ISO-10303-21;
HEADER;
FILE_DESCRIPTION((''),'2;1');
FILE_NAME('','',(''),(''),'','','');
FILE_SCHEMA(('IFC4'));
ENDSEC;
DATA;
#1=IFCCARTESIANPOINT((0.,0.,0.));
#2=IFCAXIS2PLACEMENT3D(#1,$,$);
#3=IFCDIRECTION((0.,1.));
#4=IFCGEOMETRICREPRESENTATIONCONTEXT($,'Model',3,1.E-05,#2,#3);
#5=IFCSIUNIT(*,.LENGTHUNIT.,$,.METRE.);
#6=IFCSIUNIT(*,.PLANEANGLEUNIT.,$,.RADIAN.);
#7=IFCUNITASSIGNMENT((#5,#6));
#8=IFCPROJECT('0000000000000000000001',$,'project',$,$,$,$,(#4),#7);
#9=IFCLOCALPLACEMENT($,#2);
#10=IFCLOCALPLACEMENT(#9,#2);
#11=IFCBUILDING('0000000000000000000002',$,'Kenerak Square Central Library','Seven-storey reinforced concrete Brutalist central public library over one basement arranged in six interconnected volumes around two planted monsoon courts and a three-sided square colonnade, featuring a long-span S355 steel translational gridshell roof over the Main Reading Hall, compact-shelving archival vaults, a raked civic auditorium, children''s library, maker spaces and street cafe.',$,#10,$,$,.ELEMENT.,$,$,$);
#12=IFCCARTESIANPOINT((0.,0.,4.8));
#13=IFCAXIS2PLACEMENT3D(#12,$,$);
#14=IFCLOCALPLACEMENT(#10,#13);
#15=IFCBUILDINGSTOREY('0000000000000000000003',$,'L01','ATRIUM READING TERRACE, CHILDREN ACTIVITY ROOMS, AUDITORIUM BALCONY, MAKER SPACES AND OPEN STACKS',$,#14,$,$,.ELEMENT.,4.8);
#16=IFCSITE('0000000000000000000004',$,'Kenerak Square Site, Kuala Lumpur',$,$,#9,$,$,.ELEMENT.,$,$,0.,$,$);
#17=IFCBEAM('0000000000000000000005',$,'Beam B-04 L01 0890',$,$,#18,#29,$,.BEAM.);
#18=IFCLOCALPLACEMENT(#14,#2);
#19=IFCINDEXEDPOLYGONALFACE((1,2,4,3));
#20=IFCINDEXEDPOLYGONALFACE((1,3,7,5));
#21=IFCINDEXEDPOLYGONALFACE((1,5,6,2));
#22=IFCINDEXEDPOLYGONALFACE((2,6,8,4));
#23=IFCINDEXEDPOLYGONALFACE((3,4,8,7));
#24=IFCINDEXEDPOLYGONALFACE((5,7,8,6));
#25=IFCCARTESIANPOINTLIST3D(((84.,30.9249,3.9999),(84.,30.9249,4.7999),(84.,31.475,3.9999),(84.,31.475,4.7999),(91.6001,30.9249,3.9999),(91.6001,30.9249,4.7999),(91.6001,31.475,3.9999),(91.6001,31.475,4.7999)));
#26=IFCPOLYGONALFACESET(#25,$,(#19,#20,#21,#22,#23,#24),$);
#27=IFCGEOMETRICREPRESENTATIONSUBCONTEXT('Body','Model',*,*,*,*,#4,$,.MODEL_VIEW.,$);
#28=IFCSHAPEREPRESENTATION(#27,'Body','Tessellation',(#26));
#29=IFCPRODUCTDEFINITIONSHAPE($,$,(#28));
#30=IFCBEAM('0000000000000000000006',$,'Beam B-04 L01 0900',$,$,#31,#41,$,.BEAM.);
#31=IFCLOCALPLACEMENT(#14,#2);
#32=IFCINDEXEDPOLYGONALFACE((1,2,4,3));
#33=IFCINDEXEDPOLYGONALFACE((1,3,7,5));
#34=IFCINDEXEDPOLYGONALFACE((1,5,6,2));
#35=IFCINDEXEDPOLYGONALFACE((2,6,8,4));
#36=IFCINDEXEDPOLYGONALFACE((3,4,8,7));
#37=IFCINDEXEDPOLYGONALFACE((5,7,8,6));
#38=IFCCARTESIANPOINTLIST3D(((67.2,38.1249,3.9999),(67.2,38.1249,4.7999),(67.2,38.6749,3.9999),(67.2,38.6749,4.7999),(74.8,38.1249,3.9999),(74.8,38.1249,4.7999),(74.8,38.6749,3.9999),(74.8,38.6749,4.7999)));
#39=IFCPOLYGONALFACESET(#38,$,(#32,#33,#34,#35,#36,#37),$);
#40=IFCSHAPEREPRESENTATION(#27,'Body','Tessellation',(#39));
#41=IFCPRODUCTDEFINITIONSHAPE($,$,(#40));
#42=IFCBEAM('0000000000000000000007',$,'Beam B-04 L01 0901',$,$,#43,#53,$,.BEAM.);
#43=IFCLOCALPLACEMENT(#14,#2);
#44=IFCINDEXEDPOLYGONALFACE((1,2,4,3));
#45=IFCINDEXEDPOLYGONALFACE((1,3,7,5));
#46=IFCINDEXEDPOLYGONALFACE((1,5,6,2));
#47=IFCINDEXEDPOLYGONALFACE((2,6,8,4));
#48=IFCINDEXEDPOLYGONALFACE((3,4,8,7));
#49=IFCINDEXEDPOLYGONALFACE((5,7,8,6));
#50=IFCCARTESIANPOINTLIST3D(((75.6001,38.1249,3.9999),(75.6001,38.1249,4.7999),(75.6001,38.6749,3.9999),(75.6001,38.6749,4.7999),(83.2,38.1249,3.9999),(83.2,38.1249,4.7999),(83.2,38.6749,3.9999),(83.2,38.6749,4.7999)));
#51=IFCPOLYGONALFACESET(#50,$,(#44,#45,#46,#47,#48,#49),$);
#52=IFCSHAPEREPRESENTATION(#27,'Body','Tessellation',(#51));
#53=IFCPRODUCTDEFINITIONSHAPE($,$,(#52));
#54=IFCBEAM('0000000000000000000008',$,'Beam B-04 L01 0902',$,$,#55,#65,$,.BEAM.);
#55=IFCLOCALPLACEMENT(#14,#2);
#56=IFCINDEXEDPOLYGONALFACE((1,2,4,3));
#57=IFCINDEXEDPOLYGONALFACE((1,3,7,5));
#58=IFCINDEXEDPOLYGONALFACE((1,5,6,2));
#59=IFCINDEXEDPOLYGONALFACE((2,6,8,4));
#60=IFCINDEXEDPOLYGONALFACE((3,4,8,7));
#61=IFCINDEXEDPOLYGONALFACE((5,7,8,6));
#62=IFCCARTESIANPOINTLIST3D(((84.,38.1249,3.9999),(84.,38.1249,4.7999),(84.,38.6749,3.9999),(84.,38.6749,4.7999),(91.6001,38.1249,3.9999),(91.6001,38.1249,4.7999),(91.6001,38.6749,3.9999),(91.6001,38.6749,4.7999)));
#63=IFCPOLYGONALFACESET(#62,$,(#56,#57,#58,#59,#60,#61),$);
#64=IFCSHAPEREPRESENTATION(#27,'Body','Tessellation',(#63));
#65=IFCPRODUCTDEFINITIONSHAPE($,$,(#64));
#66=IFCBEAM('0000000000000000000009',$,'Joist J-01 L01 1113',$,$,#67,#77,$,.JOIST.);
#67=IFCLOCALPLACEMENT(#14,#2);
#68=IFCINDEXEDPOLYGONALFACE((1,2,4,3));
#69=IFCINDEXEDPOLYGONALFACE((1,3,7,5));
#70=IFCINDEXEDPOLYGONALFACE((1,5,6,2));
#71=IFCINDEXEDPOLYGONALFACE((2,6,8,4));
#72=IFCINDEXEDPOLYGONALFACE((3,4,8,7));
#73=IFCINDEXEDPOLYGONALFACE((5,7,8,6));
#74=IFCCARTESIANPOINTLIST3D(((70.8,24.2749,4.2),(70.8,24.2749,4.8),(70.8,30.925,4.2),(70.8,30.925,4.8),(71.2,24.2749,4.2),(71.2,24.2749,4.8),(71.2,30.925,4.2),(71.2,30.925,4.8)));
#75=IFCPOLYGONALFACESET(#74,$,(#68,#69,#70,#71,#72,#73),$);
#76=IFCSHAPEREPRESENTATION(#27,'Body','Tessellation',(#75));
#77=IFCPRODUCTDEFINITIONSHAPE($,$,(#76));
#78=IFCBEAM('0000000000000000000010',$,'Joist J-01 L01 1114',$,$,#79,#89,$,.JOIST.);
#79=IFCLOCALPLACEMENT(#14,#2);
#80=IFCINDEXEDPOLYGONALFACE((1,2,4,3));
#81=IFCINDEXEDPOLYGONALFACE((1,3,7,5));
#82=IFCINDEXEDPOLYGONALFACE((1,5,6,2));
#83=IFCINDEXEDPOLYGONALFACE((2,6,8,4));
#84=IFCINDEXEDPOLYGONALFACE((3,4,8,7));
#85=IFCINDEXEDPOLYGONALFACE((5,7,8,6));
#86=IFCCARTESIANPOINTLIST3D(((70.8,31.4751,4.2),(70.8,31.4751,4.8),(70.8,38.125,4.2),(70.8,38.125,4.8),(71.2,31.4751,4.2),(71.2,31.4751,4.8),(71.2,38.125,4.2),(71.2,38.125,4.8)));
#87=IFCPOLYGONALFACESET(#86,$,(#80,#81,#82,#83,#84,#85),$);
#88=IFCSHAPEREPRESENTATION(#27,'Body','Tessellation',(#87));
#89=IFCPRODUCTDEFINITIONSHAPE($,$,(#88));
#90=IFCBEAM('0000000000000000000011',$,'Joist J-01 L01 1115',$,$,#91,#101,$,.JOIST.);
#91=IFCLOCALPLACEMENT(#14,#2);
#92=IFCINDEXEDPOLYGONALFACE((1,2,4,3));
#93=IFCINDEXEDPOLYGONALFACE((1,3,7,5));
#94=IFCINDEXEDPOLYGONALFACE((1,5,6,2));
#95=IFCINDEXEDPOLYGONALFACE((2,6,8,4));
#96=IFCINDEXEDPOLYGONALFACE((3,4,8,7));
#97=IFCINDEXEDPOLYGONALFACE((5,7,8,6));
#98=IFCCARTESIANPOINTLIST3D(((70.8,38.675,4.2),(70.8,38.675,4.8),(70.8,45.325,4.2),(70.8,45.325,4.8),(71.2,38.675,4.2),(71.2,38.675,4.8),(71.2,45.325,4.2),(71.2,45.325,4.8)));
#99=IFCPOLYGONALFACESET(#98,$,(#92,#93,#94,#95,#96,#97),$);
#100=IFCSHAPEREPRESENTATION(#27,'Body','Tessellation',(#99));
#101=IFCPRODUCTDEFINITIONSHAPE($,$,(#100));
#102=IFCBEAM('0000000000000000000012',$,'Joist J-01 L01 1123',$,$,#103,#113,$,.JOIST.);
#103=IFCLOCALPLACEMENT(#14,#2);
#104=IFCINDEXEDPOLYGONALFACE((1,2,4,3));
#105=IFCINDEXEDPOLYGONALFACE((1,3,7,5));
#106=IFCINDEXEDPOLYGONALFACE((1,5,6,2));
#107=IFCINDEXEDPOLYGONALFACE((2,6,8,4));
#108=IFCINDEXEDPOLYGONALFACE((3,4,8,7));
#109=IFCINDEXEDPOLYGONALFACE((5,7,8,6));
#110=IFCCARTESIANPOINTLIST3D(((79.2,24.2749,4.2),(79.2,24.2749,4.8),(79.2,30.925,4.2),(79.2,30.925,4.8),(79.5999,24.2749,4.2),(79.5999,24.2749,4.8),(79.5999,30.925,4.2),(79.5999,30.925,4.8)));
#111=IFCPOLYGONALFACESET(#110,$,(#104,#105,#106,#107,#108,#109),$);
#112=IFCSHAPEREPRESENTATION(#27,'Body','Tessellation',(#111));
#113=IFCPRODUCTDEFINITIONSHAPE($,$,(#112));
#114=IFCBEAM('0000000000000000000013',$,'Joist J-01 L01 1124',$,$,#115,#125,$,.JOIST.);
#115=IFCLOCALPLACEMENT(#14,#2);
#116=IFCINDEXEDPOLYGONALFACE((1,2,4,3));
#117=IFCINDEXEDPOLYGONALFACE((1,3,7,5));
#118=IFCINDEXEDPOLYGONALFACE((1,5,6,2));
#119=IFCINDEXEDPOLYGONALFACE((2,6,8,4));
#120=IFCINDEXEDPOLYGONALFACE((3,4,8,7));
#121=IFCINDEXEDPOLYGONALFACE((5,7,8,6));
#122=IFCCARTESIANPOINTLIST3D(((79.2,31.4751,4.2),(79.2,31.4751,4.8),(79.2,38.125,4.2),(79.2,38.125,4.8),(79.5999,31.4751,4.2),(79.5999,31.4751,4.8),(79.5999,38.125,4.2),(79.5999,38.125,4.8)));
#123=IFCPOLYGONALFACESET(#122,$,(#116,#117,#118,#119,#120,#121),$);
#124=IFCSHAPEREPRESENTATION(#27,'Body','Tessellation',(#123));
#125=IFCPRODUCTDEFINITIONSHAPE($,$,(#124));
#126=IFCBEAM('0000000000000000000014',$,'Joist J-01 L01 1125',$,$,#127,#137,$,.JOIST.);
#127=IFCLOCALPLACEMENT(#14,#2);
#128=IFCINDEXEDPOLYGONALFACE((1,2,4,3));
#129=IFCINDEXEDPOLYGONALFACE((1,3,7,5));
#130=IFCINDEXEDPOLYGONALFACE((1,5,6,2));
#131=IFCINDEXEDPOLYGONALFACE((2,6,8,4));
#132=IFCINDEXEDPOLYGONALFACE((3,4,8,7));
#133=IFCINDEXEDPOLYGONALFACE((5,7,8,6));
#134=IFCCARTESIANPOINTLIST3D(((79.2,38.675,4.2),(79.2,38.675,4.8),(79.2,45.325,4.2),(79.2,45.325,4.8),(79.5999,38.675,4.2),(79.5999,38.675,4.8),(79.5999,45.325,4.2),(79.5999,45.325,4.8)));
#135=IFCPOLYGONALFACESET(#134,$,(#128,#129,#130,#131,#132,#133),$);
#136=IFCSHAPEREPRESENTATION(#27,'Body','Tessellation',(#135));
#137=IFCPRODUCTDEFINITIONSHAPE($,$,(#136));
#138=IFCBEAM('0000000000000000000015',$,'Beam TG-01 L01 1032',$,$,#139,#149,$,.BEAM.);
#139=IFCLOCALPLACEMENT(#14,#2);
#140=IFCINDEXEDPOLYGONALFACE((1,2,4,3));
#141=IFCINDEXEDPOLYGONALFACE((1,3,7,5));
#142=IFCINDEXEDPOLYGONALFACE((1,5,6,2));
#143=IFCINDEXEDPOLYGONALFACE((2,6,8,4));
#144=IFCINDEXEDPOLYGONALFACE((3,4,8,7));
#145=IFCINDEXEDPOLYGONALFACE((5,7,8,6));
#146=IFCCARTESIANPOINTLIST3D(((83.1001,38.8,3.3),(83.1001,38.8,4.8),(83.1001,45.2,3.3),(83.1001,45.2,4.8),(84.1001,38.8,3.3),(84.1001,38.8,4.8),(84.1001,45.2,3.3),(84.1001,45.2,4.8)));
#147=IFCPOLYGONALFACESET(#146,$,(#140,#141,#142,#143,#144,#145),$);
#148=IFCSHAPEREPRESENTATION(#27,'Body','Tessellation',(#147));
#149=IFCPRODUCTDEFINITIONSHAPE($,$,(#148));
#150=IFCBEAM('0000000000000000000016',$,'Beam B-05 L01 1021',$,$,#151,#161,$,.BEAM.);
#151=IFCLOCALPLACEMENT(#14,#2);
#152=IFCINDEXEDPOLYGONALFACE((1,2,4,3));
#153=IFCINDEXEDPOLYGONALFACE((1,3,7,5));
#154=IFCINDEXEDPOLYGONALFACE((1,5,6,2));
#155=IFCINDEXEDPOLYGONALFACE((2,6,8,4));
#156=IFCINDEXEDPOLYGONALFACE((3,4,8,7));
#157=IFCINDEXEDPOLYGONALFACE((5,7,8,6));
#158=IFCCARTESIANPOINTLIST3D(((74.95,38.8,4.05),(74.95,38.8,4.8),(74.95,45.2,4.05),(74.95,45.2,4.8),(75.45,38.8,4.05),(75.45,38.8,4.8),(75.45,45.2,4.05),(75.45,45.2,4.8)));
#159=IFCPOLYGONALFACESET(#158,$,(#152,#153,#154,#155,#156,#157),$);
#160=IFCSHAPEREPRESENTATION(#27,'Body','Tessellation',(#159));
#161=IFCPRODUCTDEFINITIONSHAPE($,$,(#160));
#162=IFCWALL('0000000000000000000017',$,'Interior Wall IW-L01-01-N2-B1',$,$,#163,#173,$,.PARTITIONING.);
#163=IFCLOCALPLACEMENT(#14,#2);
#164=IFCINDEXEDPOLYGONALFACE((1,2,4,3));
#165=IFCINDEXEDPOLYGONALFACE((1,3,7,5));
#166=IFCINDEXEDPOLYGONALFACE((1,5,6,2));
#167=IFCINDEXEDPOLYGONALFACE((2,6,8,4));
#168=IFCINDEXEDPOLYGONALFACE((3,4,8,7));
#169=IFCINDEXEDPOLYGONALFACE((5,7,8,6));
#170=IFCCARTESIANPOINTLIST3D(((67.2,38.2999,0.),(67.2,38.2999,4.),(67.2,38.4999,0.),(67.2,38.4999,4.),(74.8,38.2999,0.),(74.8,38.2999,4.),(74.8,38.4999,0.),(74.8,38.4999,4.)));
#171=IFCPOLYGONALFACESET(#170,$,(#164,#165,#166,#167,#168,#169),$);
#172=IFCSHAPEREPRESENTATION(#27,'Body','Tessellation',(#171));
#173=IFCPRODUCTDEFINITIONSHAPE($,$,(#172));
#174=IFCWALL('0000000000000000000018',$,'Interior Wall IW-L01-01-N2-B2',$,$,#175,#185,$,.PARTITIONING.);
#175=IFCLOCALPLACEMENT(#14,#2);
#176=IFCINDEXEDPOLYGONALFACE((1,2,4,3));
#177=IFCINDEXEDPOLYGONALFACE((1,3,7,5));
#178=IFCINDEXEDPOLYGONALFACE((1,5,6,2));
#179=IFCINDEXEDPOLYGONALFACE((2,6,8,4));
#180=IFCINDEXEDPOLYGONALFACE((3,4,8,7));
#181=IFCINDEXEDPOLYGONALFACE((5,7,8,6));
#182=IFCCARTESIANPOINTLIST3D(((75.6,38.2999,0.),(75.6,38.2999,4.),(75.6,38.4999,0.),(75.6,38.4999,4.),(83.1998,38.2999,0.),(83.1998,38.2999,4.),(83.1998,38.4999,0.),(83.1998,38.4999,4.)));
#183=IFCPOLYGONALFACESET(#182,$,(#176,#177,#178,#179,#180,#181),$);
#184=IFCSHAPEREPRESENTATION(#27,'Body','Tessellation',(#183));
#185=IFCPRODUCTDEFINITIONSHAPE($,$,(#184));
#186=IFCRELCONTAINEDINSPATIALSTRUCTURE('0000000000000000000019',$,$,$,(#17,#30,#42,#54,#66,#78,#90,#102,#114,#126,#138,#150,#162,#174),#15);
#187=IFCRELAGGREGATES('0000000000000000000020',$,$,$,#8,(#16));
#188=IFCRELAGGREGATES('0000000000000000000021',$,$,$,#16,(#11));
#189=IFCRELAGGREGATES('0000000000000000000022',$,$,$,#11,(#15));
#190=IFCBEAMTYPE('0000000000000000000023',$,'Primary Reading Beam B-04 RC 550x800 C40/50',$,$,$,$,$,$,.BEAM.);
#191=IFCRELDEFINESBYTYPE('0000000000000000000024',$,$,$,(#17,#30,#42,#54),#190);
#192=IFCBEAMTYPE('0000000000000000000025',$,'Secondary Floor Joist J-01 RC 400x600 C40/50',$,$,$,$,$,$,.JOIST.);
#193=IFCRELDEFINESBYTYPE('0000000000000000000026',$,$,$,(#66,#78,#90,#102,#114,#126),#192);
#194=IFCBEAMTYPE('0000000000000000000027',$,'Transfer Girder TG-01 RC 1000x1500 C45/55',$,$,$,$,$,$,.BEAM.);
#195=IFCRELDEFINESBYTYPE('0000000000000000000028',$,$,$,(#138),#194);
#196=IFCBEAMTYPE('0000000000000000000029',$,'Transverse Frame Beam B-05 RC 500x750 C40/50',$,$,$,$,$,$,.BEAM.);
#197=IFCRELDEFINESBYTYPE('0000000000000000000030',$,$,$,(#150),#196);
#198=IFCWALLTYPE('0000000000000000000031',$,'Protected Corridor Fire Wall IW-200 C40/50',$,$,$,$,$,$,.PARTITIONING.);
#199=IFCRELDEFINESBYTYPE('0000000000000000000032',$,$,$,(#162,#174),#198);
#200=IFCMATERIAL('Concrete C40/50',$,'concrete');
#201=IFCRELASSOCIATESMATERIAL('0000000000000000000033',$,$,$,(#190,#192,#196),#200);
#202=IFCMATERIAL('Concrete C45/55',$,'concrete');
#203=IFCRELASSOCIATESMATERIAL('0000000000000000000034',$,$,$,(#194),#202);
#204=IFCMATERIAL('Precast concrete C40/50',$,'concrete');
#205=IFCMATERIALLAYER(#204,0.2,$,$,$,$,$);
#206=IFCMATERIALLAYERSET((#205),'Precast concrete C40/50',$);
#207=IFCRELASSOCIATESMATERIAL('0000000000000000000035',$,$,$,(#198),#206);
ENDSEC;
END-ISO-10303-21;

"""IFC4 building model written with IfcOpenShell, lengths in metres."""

from ifc_helpers import new_model, si_unit, direction, frame, frame_2d, origin, origin_2d, place, context, subcontext, project, spatial, rectangle, extrude, material, layer, layer_set, material_profile, profile_set, type_object, element, save


model = new_model("IFC4")

# Units and contexts
model_context = context("Model", 3, precision=1e-05, world=origin(), true_north=direction((0.0, 1.0)))
body_context = subcontext(model_context, "Body", "Model", "MODEL_VIEW")
ifc_project = project(units=[si_unit("LENGTHUNIT", "METRE"), si_unit("PLANEANGLEUNIT", "RADIAN")], contexts=[model_context])

# Site, building, storey
site_placement = place(None, origin())
site = spatial("IfcSite", under=ifc_project, at=site_placement, Name="Kenerak Square Site, Kuala Lumpur", CompositionType="ELEMENT", RefElevation=0.0)
building_placement = place(site_placement, origin())
building = spatial("IfcBuilding", under=site, at=building_placement, Name="Kenerak Square Central Library", Description="Seven-storey reinforced concrete Brutalist central public library over one basement arranged in six interconnected volumes around two planted monsoon courts and a three-sided square colonnade, featuring a long-span S355 steel translational gridshell roof over the Main Reading Hall, compact-shelving archival vaults, a raked civic auditorium, children's library, maker spaces and street cafe.", CompositionType="ELEMENT")
storey_placement = place(building_placement, frame((0.0, 0.0, 4.8)))
storey = spatial("IfcBuildingStorey", under=building, at=storey_placement, Name="L01", Description="ATRIUM READING TERRACE, CHILDREN ACTIVITY ROOMS, AUDITORIUM BALCONY, MAKER SPACES AND OPEN STACKS", CompositionType="ELEMENT", Elevation=4.8)

# Shared definitions
ifc_material_1 = material(Name="Concrete C45/55", Category="concrete")

# Beams
ifc_material_2 = material(Name="Concrete C40/50", Category="concrete")
ifc_material_profile_1 = material_profile(ifc_material_2, rectangle(XDim=0.55, YDim=0.8, at=origin_2d()), Name="RC 550x800")
ifc_profile_set_1 = profile_set([ifc_material_profile_1], Name="Concrete C40/50")
beam_type_1 = type_object("IfcBeamType", Name="Primary Reading Beam B-04 RC 550x800 C40/50", PredefinedType="BEAM", material=ifc_profile_set_1)
for number, where, z_axis, x_axis, name in (
    (1, (84.0, 31.2, 4.3999), (1.0, 0.0, 0.0), (0.0, 1.0, 0.0), "Beam B-04 L01 0890"),
    (2, (67.2, 38.3999, 4.3999), (1.0, 0.0, 0.0), (0.0, 1.0, 0.0), "Beam B-04 L01 0900"),
):
    element("IfcBeam", number, at=place(storey_placement, frame(where, z_axis=z_axis, x_axis=x_axis)), inside=storey, type_object=beam_type_1, Name=name, PredefinedType="BEAM", context=body_context, shape_type="SweptSolid", body=[
        extrude(rectangle(XDim=0.55, YDim=0.8, at=origin_2d()), origin(), (0.0, 0.0, 1.0), 7.6001),
    ])
beam_1_placement = place(storey_placement, frame((75.6001, 38.3999, 4.3999), z_axis=(1.0, 0.0, 0.0), x_axis=(0.0, 1.0, 0.0)))
element("IfcBeam", 3, at=beam_1_placement, inside=storey, type_object=beam_type_1, Name="Beam B-04 L01 0901", PredefinedType="BEAM", context=body_context, shape_type="SweptSolid", body=[
    extrude(rectangle(XDim=0.55, YDim=0.8, at=origin_2d()), origin(), (0.0, 0.0, 1.0), 7.5999),
])
beam_2_placement = place(storey_placement, frame((84.0, 38.3999, 4.3999), z_axis=(1.0, 0.0, 0.0), x_axis=(0.0, 1.0, 0.0)))
element("IfcBeam", 4, at=beam_2_placement, inside=storey, type_object=beam_type_1, Name="Beam B-04 L01 0902", PredefinedType="BEAM", context=body_context, shape_type="SweptSolid", body=[
    extrude(rectangle(XDim=0.55, YDim=0.8, at=origin_2d()), origin(), (0.0, 0.0, 1.0), 7.6001),
])
ifc_material_profile_2 = material_profile(ifc_material_2, rectangle(XDim=0.3999, YDim=0.6001, at=origin_2d()), Name="RC 400x600")
ifc_profile_set_2 = profile_set([ifc_material_profile_2], Name="Concrete C40/50")
beam_type_2 = type_object("IfcBeamType", Name="Secondary Floor Joist J-01 RC 400x600 C40/50", PredefinedType="JOIST", material=ifc_profile_set_2)
beam_3_placement = place(storey_placement, frame((71.0, 24.2749, 4.5), z_axis=(0.0, 1.0, 0.0), x_axis=(-1.0, 0.0, 0.0)))
element("IfcBeam", 5, at=beam_3_placement, inside=storey, type_object=beam_type_2, Name="Joist J-01 L01 1113", PredefinedType="JOIST", context=body_context, shape_type="SweptSolid", body=[
    extrude(rectangle(XDim=0.3999, YDim=0.6001, at=origin_2d()), origin(), (0.0, 0.0, 1.0), 6.6501),
])
for number, where, z_axis, x_axis, name in (
    (6, (71.0, 31.4751, 4.5), (0.0, 1.0, 0.0), (-1.0, 0.0, 0.0), "Joist J-01 L01 1114"),
    (7, (71.0, 38.675, 4.5), (0.0, 1.0, 0.0), (-1.0, 0.0, 0.0), "Joist J-01 L01 1115"),
):
    element("IfcBeam", number, at=place(storey_placement, frame(where, z_axis=z_axis, x_axis=x_axis)), inside=storey, type_object=beam_type_2, Name=name, PredefinedType="JOIST", context=body_context, shape_type="SweptSolid", body=[
        extrude(rectangle(XDim=0.3999, YDim=0.6001, at=origin_2d()), origin(), (0.0, 0.0, 1.0), 6.6499),
    ])
beam_4_placement = place(storey_placement, frame((79.3999, 24.2749, 4.5), z_axis=(0.0, 1.0, 0.0), x_axis=(-1.0, 0.0, 0.0)))
element("IfcBeam", 8, at=beam_4_placement, inside=storey, type_object=beam_type_2, Name="Joist J-01 L01 1123", PredefinedType="JOIST", context=body_context, shape_type="SweptSolid", body=[
    extrude(rectangle(XDim=0.3999, YDim=0.6001, at=origin_2d()), origin(), (0.0, 0.0, 1.0), 6.6501),
])
for number, where, z_axis, x_axis, name in (
    (9, (79.3999, 31.4751, 4.5), (0.0, 1.0, 0.0), (-1.0, 0.0, 0.0), "Joist J-01 L01 1124"),
    (10, (79.3999, 38.675, 4.5), (0.0, 1.0, 0.0), (-1.0, 0.0, 0.0), "Joist J-01 L01 1125"),
):
    element("IfcBeam", number, at=place(storey_placement, frame(where, z_axis=z_axis, x_axis=x_axis)), inside=storey, type_object=beam_type_2, Name=name, PredefinedType="JOIST", context=body_context, shape_type="SweptSolid", body=[
        extrude(rectangle(XDim=0.3999, YDim=0.6001, at=origin_2d()), origin(), (0.0, 0.0, 1.0), 6.6499),
    ])
ifc_material_profile_3 = material_profile(ifc_material_1, rectangle(XDim=1.0, YDim=1.5, at=origin_2d()), Name="RC 1000x1500")
ifc_profile_set_3 = profile_set([ifc_material_profile_3], Name="Concrete C45/55")
beam_type_3 = type_object("IfcBeamType", Name="Transfer Girder TG-01 RC 1000x1500 C45/55", PredefinedType="BEAM", material=ifc_profile_set_3)
beam_5_placement = place(storey_placement, frame((83.6001, 38.8, 4.05), z_axis=(0.0, 1.0, 0.0), x_axis=(-1.0, 0.0, 0.0)))
element("IfcBeam", 11, at=beam_5_placement, inside=storey, type_object=beam_type_3, Name="Beam TG-01 L01 1032", PredefinedType="BEAM", context=body_context, shape_type="SweptSolid", body=[
    extrude(rectangle(XDim=1.0, YDim=1.5, at=origin_2d()), origin(), (0.0, 0.0, 1.0), 6.3999),
])
ifc_material_profile_4 = material_profile(ifc_material_2, rectangle(XDim=0.5, YDim=0.75, at=origin_2d()), Name="RC 500x750")
ifc_profile_set_4 = profile_set([ifc_material_profile_4], Name="Concrete C40/50")
beam_type_4 = type_object("IfcBeamType", Name="Transverse Frame Beam B-05 RC 500x750 C40/50", PredefinedType="BEAM", material=ifc_profile_set_4)
beam_6_placement = place(storey_placement, frame((75.2, 38.8, 4.425), z_axis=(0.0, 1.0, 0.0), x_axis=(-1.0, 0.0, 0.0)))
element("IfcBeam", 12, at=beam_6_placement, inside=storey, type_object=beam_type_4, Name="Beam B-05 L01 1021", PredefinedType="BEAM", context=body_context, shape_type="SweptSolid", body=[
    extrude(rectangle(XDim=0.5, YDim=0.75, at=origin_2d()), origin(), (0.0, 0.0, 1.0), 6.3999),
])

# Walls
ifc_material_3 = material(Name="Precast concrete C40/50", Category="concrete")
ifc_layer = layer(ifc_material_3, 0.2)
ifc_layer_set = layer_set([ifc_layer], Name="Precast concrete C40/50")
wall_type = type_object("IfcWallType", Name="Protected Corridor Fire Wall IW-200 C40/50", PredefinedType="PARTITIONING", material=ifc_layer_set)
wall_1_placement = place(storey_placement, frame((67.2, 38.3999, 0.0), z_axis=(0.0, 0.0, 1.0), x_axis=(1.0, 0.0, 0.0)))
element("IfcWall", 13, at=wall_1_placement, inside=storey, type_object=wall_type, Name="Interior Wall IW-L01-01-N2-B1", PredefinedType="PARTITIONING", context=body_context, shape_type="SweptSolid", body=[
    extrude(rectangle(XDim=7.6001, YDim=0.2, at=frame_2d((3.8, 0.0))), origin(), (0.0, 0.0, 1.0), 4.0),
])
wall_2_placement = place(storey_placement, frame((75.6001, 38.3999, 0.0), z_axis=(0.0, 0.0, 1.0), x_axis=(1.0, 0.0, 0.0)))
element("IfcWall", 14, at=wall_2_placement, inside=storey, type_object=wall_type, Name="Interior Wall IW-L01-01-N2-B2", PredefinedType="PARTITIONING", context=body_context, shape_type="SweptSolid", body=[
    extrude(rectangle(XDim=7.5999, YDim=0.2, at=frame_2d((3.7998, 0.0))), origin(), (0.0, 0.0, 1.0), 4.0),
])

save(model, "model.ifc")
